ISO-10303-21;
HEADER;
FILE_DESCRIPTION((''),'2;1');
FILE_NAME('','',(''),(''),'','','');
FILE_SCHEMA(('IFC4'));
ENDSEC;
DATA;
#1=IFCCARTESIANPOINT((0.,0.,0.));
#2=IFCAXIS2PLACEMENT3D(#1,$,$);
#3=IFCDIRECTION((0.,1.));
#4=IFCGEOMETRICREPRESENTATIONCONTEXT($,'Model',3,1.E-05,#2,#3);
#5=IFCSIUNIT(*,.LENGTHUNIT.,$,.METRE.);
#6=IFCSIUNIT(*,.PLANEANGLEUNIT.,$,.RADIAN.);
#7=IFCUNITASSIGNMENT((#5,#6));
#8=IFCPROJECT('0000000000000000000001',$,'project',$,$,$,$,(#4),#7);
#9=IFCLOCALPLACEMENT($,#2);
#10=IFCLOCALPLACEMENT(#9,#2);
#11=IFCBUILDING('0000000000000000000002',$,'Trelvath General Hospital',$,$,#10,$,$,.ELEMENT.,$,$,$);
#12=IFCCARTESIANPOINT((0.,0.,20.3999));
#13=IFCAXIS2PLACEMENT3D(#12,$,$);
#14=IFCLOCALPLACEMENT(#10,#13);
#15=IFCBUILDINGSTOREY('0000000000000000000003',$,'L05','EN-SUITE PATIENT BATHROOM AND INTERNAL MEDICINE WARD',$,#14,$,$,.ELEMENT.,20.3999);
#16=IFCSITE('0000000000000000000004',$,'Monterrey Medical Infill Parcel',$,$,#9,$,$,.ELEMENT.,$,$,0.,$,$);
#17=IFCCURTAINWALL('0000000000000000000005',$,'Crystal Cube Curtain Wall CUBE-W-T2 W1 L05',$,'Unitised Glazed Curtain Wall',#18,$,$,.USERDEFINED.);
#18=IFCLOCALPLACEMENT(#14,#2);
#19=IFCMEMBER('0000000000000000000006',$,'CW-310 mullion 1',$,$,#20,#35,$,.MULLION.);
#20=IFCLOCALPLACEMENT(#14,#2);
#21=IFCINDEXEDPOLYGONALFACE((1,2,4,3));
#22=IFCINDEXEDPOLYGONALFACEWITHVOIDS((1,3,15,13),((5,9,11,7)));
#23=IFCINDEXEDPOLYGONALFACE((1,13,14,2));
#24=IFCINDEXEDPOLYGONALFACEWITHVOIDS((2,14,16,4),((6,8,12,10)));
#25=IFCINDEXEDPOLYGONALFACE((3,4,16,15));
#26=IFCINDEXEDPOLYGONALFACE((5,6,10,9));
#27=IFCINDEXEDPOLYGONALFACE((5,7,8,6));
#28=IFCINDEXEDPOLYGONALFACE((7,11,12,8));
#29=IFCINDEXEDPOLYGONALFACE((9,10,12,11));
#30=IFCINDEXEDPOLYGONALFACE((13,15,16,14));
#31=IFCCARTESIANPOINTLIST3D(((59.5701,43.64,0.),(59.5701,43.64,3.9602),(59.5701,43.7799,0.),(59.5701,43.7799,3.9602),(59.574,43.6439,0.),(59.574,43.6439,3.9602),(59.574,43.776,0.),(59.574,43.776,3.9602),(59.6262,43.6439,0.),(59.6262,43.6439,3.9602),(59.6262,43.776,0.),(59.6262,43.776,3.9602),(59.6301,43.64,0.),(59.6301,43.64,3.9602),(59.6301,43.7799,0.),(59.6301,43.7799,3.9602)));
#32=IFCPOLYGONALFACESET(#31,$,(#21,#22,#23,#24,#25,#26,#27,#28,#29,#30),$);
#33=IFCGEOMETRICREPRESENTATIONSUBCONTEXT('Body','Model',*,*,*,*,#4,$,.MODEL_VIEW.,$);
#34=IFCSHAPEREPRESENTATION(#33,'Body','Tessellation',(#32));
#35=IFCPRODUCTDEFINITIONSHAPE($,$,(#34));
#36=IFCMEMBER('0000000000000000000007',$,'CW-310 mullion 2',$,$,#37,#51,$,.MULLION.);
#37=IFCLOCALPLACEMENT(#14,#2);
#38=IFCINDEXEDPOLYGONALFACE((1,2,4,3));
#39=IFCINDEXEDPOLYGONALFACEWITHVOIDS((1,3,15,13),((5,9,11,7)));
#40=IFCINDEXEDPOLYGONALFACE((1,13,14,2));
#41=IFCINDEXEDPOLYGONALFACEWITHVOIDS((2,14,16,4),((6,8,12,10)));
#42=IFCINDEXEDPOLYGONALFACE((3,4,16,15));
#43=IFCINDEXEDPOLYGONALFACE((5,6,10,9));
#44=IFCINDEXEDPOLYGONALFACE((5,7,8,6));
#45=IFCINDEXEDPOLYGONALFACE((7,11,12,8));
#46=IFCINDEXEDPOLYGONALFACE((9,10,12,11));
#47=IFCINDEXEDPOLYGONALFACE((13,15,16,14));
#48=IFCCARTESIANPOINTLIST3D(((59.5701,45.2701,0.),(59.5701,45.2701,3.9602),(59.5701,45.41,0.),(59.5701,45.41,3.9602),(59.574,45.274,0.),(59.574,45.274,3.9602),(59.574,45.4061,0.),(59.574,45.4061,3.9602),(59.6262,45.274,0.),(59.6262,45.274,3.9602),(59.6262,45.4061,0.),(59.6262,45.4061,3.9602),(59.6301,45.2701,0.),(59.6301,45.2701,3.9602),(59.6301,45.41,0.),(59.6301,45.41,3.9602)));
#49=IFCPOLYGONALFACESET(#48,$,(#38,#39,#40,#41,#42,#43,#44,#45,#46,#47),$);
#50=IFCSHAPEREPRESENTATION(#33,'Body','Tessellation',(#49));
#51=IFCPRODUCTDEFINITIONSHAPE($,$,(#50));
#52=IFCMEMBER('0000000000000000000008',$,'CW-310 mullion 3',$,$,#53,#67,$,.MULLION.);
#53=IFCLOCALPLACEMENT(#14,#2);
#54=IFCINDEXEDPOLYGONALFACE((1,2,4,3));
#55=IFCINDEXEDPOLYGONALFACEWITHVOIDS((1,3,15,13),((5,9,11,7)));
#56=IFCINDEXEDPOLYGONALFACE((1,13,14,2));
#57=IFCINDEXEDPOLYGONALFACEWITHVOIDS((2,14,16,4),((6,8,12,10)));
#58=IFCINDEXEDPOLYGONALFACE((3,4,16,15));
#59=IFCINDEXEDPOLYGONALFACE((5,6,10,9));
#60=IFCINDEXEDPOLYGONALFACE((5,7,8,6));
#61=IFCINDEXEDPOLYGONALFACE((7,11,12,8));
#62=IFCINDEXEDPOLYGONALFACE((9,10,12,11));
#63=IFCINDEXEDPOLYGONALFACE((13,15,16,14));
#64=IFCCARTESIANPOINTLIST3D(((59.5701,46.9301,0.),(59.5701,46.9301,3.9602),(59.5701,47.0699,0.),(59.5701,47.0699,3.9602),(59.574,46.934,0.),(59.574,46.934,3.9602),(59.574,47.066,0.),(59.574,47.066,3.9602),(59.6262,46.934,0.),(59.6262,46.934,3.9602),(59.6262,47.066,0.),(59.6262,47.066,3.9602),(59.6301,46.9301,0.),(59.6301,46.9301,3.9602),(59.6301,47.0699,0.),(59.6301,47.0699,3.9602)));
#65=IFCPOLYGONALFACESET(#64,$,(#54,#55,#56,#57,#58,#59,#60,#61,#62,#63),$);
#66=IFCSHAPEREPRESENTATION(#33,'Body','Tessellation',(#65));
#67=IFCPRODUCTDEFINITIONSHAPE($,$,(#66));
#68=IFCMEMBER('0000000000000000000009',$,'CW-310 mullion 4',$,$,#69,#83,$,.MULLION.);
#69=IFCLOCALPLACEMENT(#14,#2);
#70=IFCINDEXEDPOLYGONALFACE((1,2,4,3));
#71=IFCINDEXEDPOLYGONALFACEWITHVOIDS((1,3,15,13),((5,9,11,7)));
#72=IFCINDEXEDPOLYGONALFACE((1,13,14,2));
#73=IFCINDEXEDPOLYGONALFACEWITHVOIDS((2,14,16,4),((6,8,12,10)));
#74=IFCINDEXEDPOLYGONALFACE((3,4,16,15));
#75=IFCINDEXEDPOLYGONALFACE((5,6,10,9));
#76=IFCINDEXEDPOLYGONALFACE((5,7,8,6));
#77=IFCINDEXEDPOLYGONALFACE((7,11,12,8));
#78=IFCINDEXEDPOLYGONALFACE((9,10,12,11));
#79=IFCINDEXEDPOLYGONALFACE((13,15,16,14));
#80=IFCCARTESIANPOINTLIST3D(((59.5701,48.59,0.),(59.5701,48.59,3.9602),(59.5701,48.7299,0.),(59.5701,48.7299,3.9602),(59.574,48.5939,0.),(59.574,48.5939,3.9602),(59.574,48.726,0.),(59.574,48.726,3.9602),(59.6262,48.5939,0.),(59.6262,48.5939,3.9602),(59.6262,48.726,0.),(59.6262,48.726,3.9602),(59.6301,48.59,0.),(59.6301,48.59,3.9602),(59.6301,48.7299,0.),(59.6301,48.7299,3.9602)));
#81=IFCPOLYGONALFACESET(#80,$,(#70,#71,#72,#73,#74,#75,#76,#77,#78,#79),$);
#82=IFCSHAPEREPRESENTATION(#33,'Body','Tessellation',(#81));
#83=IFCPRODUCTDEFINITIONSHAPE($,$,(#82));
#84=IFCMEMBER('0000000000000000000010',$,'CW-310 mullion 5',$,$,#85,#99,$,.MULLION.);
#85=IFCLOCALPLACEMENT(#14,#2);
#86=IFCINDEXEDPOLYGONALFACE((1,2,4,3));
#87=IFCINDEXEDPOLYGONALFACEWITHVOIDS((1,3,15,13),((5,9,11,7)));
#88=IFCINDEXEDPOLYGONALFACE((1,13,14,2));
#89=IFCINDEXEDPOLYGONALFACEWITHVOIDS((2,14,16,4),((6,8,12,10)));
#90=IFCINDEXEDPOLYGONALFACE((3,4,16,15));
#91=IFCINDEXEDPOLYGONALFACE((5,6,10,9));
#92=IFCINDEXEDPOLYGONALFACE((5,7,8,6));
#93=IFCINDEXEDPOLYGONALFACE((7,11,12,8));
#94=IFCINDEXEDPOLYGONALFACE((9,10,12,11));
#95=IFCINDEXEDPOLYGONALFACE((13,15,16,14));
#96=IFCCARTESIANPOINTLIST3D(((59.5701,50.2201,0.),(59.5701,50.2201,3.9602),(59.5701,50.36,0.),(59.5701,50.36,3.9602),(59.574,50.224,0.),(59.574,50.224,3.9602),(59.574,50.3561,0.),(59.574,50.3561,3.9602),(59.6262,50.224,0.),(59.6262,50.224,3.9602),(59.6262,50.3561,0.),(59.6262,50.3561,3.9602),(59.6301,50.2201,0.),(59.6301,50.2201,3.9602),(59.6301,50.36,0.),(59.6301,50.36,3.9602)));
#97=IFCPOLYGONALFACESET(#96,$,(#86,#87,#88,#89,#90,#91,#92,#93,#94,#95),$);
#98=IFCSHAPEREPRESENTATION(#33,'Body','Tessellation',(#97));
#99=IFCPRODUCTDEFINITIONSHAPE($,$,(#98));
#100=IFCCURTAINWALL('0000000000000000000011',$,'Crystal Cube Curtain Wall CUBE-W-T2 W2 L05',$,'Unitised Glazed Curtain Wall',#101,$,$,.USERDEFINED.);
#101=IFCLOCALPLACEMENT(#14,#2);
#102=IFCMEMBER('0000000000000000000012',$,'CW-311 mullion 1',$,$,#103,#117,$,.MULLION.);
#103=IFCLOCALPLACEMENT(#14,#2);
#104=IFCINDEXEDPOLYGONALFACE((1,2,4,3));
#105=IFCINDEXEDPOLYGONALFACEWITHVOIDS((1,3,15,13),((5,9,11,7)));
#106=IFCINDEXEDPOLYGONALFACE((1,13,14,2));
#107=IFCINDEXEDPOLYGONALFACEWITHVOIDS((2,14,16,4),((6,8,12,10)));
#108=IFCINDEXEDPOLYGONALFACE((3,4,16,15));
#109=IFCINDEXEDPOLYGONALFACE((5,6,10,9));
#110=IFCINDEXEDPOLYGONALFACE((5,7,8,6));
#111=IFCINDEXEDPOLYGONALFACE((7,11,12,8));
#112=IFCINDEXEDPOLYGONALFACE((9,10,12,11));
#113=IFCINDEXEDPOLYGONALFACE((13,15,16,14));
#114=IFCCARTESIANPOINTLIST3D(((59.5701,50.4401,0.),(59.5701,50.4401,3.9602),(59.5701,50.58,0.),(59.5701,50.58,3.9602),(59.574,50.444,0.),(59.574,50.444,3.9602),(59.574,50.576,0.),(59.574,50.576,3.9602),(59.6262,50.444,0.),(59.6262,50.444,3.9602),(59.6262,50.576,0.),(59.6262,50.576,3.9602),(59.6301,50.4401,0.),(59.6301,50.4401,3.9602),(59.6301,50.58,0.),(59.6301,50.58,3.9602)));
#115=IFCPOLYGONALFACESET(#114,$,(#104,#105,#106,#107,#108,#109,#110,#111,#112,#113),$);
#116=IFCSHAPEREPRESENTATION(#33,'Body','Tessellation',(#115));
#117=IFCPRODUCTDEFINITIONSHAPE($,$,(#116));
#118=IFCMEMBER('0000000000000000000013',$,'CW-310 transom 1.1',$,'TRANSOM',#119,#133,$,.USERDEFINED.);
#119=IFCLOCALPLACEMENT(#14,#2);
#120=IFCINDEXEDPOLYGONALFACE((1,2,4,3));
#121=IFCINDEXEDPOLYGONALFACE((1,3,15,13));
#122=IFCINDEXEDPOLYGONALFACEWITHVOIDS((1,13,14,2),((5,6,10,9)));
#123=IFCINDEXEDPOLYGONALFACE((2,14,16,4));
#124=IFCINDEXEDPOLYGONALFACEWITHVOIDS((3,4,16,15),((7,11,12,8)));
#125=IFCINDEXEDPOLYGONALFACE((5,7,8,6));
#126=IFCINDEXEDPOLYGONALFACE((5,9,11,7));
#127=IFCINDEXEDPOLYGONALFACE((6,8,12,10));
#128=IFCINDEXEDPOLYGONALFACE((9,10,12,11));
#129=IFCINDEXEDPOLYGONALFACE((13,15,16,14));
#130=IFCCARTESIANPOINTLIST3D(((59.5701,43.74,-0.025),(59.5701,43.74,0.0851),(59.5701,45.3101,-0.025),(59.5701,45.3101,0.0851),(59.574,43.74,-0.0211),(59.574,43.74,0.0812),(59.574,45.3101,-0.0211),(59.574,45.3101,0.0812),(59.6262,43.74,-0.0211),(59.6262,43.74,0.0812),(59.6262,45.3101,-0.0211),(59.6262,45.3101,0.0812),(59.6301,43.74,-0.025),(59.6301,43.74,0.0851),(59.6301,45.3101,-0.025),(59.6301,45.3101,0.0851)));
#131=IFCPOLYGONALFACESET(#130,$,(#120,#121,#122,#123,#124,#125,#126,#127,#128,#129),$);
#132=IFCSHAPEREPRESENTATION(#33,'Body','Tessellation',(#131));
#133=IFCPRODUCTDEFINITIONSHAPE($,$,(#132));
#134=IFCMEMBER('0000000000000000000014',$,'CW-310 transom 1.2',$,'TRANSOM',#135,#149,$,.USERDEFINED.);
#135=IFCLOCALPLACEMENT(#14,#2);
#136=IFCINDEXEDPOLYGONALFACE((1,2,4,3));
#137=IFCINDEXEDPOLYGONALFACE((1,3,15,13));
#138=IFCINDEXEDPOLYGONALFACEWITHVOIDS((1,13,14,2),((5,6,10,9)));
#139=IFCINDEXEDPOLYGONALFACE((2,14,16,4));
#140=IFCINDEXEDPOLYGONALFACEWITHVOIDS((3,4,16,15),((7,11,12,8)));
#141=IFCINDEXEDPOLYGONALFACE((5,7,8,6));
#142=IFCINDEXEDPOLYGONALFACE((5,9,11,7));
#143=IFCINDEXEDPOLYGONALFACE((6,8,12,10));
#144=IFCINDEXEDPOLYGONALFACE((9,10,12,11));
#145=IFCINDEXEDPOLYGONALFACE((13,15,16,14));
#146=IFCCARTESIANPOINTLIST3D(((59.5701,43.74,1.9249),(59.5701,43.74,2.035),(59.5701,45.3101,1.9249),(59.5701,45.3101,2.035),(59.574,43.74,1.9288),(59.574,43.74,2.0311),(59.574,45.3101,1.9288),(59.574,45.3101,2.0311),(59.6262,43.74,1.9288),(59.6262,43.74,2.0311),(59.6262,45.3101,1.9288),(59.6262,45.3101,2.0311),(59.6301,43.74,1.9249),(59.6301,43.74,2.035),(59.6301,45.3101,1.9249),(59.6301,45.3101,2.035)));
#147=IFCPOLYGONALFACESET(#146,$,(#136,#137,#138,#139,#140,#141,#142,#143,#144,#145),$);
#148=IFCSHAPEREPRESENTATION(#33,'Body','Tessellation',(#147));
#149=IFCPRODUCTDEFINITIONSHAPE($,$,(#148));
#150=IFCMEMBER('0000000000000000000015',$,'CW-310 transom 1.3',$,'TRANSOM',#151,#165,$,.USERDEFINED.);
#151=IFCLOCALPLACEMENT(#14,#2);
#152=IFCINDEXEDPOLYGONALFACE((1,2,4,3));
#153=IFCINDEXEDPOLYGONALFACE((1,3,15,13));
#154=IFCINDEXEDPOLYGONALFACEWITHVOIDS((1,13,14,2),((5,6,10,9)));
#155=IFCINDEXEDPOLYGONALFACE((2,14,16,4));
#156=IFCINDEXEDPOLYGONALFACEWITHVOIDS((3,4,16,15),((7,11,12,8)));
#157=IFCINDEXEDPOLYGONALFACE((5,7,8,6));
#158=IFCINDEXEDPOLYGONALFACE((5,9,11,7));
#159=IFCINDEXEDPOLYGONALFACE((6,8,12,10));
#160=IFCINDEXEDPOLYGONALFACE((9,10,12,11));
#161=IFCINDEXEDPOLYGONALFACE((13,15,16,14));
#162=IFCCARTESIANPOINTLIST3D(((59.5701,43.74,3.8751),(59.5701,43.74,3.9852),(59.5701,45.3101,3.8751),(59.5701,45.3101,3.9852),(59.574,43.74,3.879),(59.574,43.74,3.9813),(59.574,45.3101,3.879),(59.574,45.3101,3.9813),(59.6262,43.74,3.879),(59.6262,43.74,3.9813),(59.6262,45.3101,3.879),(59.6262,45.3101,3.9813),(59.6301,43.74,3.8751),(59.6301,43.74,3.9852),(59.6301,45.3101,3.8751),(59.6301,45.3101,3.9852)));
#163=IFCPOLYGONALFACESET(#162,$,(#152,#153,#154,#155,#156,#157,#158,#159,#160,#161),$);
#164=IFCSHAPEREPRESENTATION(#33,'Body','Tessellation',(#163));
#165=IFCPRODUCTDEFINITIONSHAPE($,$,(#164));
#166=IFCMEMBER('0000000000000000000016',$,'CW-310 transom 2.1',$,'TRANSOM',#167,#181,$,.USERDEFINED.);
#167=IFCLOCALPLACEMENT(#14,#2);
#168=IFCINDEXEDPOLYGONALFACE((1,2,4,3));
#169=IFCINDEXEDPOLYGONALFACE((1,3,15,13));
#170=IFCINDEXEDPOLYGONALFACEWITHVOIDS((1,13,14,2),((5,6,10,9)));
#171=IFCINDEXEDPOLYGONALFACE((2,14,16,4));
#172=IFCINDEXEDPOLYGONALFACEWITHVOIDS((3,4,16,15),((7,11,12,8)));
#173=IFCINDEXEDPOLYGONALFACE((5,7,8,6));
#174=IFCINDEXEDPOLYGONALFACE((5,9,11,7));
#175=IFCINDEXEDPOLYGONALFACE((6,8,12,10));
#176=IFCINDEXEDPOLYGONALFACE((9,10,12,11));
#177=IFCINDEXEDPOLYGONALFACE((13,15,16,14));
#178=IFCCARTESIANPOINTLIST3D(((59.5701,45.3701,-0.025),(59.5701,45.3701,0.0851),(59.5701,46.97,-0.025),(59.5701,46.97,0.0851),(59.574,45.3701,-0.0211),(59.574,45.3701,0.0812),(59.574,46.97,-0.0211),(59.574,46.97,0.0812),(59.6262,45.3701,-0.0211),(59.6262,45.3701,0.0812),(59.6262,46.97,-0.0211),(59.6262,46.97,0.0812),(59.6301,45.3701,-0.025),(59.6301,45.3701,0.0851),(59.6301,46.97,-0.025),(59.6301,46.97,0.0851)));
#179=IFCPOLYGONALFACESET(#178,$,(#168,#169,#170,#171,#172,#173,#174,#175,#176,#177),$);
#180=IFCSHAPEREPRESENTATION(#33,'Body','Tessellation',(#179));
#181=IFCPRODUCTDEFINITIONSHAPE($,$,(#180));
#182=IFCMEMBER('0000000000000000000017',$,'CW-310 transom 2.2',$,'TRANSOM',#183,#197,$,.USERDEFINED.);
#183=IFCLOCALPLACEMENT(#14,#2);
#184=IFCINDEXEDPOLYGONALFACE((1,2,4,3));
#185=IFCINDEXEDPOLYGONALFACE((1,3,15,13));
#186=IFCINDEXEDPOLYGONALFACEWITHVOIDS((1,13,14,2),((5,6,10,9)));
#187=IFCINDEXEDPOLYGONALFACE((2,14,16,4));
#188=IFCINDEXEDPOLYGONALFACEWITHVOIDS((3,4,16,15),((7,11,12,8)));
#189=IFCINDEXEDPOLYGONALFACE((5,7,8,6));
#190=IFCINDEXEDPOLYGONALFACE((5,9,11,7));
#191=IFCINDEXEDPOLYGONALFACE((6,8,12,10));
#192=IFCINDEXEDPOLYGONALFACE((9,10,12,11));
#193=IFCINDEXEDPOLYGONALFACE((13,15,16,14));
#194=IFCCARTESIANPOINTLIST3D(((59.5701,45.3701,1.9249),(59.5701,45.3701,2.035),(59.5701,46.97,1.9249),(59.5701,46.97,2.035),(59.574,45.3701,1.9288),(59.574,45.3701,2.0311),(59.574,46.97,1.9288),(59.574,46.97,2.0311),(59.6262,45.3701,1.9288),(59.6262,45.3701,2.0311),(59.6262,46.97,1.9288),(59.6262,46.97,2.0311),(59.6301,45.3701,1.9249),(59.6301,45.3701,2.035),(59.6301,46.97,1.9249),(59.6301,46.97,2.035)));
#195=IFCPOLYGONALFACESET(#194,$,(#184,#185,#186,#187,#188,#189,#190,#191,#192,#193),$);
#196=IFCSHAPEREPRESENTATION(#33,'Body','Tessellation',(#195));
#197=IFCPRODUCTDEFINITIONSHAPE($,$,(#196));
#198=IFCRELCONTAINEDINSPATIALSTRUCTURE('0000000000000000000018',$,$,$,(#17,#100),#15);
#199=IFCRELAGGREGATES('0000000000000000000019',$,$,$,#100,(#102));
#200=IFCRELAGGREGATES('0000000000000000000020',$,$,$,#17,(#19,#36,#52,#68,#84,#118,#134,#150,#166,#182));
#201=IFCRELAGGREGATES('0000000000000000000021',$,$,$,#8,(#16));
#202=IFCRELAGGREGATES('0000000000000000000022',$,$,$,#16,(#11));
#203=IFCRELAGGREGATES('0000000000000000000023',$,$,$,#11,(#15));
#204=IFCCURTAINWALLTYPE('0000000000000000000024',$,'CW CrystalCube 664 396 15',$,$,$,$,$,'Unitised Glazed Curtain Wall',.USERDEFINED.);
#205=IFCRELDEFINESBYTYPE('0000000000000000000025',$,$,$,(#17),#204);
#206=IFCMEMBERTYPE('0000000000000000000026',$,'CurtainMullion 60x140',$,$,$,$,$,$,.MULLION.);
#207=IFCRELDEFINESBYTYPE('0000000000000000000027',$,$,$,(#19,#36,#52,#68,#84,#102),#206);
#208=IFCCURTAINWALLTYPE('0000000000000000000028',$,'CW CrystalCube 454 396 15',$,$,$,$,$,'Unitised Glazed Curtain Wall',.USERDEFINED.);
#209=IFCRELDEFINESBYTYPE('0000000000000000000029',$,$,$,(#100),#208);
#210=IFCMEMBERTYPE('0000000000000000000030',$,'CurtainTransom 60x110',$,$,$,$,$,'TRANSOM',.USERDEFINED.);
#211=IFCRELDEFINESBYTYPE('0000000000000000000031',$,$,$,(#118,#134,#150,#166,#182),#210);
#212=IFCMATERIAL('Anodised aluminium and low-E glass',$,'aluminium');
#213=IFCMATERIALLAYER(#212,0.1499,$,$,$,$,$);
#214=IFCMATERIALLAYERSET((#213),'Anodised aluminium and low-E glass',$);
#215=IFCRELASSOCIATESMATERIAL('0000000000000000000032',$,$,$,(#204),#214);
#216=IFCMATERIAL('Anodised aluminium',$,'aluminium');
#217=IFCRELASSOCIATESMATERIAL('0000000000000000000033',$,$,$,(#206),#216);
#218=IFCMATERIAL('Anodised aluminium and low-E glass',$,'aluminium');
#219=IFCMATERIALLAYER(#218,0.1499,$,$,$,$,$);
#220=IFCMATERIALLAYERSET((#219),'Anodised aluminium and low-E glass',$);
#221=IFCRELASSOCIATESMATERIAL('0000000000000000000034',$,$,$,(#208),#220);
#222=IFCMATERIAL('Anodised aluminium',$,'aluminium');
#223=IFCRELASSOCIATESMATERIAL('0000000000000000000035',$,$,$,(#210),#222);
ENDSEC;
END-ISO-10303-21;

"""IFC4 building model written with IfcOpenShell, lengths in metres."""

from ifc_helpers import new_model, si_unit, direction, frame, origin, origin_2d, place, context, subcontext, project, spatial, hollow_rectangle, extrude, material, layer, layer_set, material_profile, profile_set, type_object, element, aggregate, save


model = new_model("IFC4")

# Units and contexts
model_context = context("Model", 3, precision=1e-05, world=origin(), true_north=direction((0.0, 1.0)))
body_context = subcontext(model_context, "Body", "Model", "MODEL_VIEW")
ifc_project = project(units=[si_unit("LENGTHUNIT", "METRE"), si_unit("PLANEANGLEUNIT", "RADIAN")], contexts=[model_context])

# Site, building, storey
site_placement = place(None, origin())
site = spatial("IfcSite", under=ifc_project, at=site_placement, Name="Monterrey Medical Infill Parcel", CompositionType="ELEMENT", RefElevation=0.0)
building_placement = place(site_placement, origin())
building = spatial("IfcBuilding", under=site, at=building_placement, Name="Trelvath General Hospital", CompositionType="ELEMENT")
storey_placement = place(building_placement, frame((0.0, 0.0, 20.3999)))
storey = spatial("IfcBuildingStorey", under=building, at=storey_placement, Name="L05", Description="EN-SUITE PATIENT BATHROOM AND INTERNAL MEDICINE WARD", CompositionType="ELEMENT", Elevation=20.3999)

# Curtain wall, members
ifc_material_1 = material(Name="Anodised aluminium and low-E glass", Category="aluminium")
ifc_layer_1 = layer(ifc_material_1, 0.1499)
ifc_layer_set_1 = layer_set([ifc_layer_1], Name="Anodised aluminium and low-E glass")
curtain_wall_type_1 = type_object("IfcCurtainWallType", Name="CW CrystalCube 664 396 15", ElementType="Unitised Glazed Curtain Wall", PredefinedType="USERDEFINED", material=ifc_layer_set_1)
curtain_wall_1_placement = place(storey_placement, origin())
curtain_wall_1 = element("IfcCurtainWall", 1, at=curtain_wall_1_placement, inside=storey, type_object=curtain_wall_type_1, Name="Crystal Cube Curtain Wall CUBE-W-T2 W1 L05", ObjectType="Unitised Glazed Curtain Wall", PredefinedType="USERDEFINED")
ifc_material_2 = material(Name="Anodised aluminium", Category="aluminium")
ifc_material_profile_1 = material_profile(ifc_material_2, hollow_rectangle(XDim=0.0601, YDim=0.1399, WallThickness=0.0039, at=origin_2d()), Name="RHS60x140x4")
ifc_profile_set_1 = profile_set([ifc_material_profile_1], Name="Anodised aluminium")
member_type_1 = type_object("IfcMemberType", Name="CurtainMullion 60x140", PredefinedType="MULLION", material=ifc_profile_set_1)
member_1_placement = place(storey_placement, frame((59.6001, 43.71, 0.0), z_axis=(0.0, 0.0, 1.0), x_axis=(-1.0, 0.0, 0.0)))
member_1 = element("IfcMember", 2, at=member_1_placement, type_object=member_type_1, Name="CW-310 mullion 1", PredefinedType="MULLION", context=body_context, shape_type="SweptSolid", body=[
    extrude(hollow_rectangle(XDim=0.0601, YDim=0.1399, WallThickness=0.0039, at=origin_2d()), origin(), (0.0, 0.0, 1.0), 3.9602),
])
member_2_placement = place(storey_placement, frame((59.6001, 45.3401, 0.0), z_axis=(0.0, 0.0, 1.0), x_axis=(-1.0, 0.0, 0.0)))
member_2 = element("IfcMember", 3, at=member_2_placement, type_object=member_type_1, Name="CW-310 mullion 2", PredefinedType="MULLION", context=body_context, shape_type="SweptSolid", body=[
    extrude(hollow_rectangle(XDim=0.0601, YDim=0.1399, WallThickness=0.0039, at=origin_2d()), origin(), (0.0, 0.0, 1.0), 3.9602),
])
member_3_placement = place(storey_placement, frame((59.6001, 47.0, 0.0), z_axis=(0.0, 0.0, 1.0), x_axis=(-1.0, 0.0, 0.0)))
member_3 = element("IfcMember", 4, at=member_3_placement, type_object=member_type_1, Name="CW-310 mullion 3", PredefinedType="MULLION", context=body_context, shape_type="SweptSolid", body=[
    extrude(hollow_rectangle(XDim=0.0601, YDim=0.1399, WallThickness=0.0039, at=origin_2d()), origin(), (0.0, 0.0, 1.0), 3.9602),
])
member_4_placement = place(storey_placement, frame((59.6001, 48.6599, 0.0), z_axis=(0.0, 0.0, 1.0), x_axis=(-1.0, 0.0, 0.0)))
member_4 = element("IfcMember", 5, at=member_4_placement, type_object=member_type_1, Name="CW-310 mullion 4", PredefinedType="MULLION", context=body_context, shape_type="SweptSolid", body=[
    extrude(hollow_rectangle(XDim=0.0601, YDim=0.1399, WallThickness=0.0039, at=origin_2d()), origin(), (0.0, 0.0, 1.0), 3.9602),
])
member_5_placement = place(storey_placement, frame((59.6001, 50.29, 0.0), z_axis=(0.0, 0.0, 1.0), x_axis=(-1.0, 0.0, 0.0)))
member_5 = element("IfcMember", 6, at=member_5_placement, type_object=member_type_1, Name="CW-310 mullion 5", PredefinedType="MULLION", context=body_context, shape_type="SweptSolid", body=[
    extrude(hollow_rectangle(XDim=0.0601, YDim=0.1399, WallThickness=0.0039, at=origin_2d()), origin(), (0.0, 0.0, 1.0), 3.9602),
])

# Curtain wall, member
ifc_material_3 = material(Name="Anodised aluminium and low-E glass", Category="aluminium")
ifc_layer_2 = layer(ifc_material_3, 0.1499)
ifc_layer_set_2 = layer_set([ifc_layer_2], Name="Anodised aluminium and low-E glass")
curtain_wall_type_2 = type_object("IfcCurtainWallType", Name="CW CrystalCube 454 396 15", ElementType="Unitised Glazed Curtain Wall", PredefinedType="USERDEFINED", material=ifc_layer_set_2)
curtain_wall_2_placement = place(storey_placement, origin())
curtain_wall_2 = element("IfcCurtainWall", 7, at=curtain_wall_2_placement, inside=storey, type_object=curtain_wall_type_2, Name="Crystal Cube Curtain Wall CUBE-W-T2 W2 L05", ObjectType="Unitised Glazed Curtain Wall", PredefinedType="USERDEFINED")
member_6_placement = place(storey_placement, frame((59.6001, 50.51, 0.0), z_axis=(0.0, 0.0, 1.0), x_axis=(-1.0, 0.0, 0.0)))
member_6 = element("IfcMember", 8, at=member_6_placement, type_object=member_type_1, Name="CW-311 mullion 1", PredefinedType="MULLION", context=body_context, shape_type="SweptSolid", body=[
    extrude(hollow_rectangle(XDim=0.0601, YDim=0.1399, WallThickness=0.0039, at=origin_2d()), origin(), (0.0, 0.0, 1.0), 3.9602),
])

# Members
ifc_material_4 = material(Name="Anodised aluminium", Category="aluminium")
ifc_material_profile_2 = material_profile(ifc_material_4, hollow_rectangle(XDim=0.0601, YDim=0.1101, WallThickness=0.0039, at=origin_2d()), Name="RHS60x110x4")
ifc_profile_set_2 = profile_set([ifc_material_profile_2], Name="Anodised aluminium")
member_type_2 = type_object("IfcMemberType", Name="CurtainTransom 60x110", ElementType="TRANSOM", PredefinedType="USERDEFINED", material=ifc_profile_set_2)
member_7_placement = place(storey_placement, frame((59.6001, 43.74, 0.03), z_axis=(0.0, 1.0, 0.0), x_axis=(-1.0, 0.0, 0.0)))
member_7 = element("IfcMember", 9, at=member_7_placement, type_object=member_type_2, Name="CW-310 transom 1.1", ObjectType="TRANSOM", PredefinedType="USERDEFINED", context=body_context, shape_type="SweptSolid", body=[
    extrude(hollow_rectangle(XDim=0.0601, YDim=0.1101, WallThickness=0.0039, at=origin_2d()), origin(), (0.0, 0.0, 1.0), 1.5701),
])
member_8_placement = place(storey_placement, frame((59.6001, 43.74, 1.98), z_axis=(0.0, 1.0, 0.0), x_axis=(-1.0, 0.0, 0.0)))
member_8 = element("IfcMember", 10, at=member_8_placement, type_object=member_type_2, Name="CW-310 transom 1.2", ObjectType="TRANSOM", PredefinedType="USERDEFINED", context=body_context, shape_type="SweptSolid", body=[
    extrude(hollow_rectangle(XDim=0.0601, YDim=0.1101, WallThickness=0.0039, at=origin_2d()), origin(), (0.0, 0.0, 1.0), 1.5701),
])
member_9_placement = place(storey_placement, frame((59.6001, 43.74, 3.9302), z_axis=(0.0, 1.0, 0.0), x_axis=(-1.0, 0.0, 0.0)))
member_9 = element("IfcMember", 11, at=member_9_placement, type_object=member_type_2, Name="CW-310 transom 1.3", ObjectType="TRANSOM", PredefinedType="USERDEFINED", context=body_context, shape_type="SweptSolid", body=[
    extrude(hollow_rectangle(XDim=0.0601, YDim=0.1101, WallThickness=0.0039, at=origin_2d()), origin(), (0.0, 0.0, 1.0), 1.5701),
])
member_10_placement = place(storey_placement, frame((59.6001, 45.3701, 0.03), z_axis=(0.0, 1.0, 0.0), x_axis=(-1.0, 0.0, 0.0)))
member_10 = element("IfcMember", 12, at=member_10_placement, type_object=member_type_2, Name="CW-310 transom 2.1", ObjectType="TRANSOM", PredefinedType="USERDEFINED", context=body_context, shape_type="SweptSolid", body=[
    extrude(hollow_rectangle(XDim=0.0601, YDim=0.1101, WallThickness=0.0039, at=origin_2d()), origin(), (0.0, 0.0, 1.0), 1.5999),
])
member_11_placement = place(storey_placement, frame((59.6001, 45.3701, 1.98), z_axis=(0.0, 1.0, 0.0), x_axis=(-1.0, 0.0, 0.0)))
member_11 = element("IfcMember", 13, at=member_11_placement, type_object=member_type_2, Name="CW-310 transom 2.2", ObjectType="TRANSOM", PredefinedType="USERDEFINED", context=body_context, shape_type="SweptSolid", body=[
    extrude(hollow_rectangle(XDim=0.0601, YDim=0.1101, WallThickness=0.0039, at=origin_2d()), origin(), (0.0, 0.0, 1.0), 1.5999),
])
aggregate(curtain_wall_2, [member_6])

aggregate(curtain_wall_1, [member_1, member_2, member_3, member_4, member_5, member_7, member_8, member_9, member_10, member_11])

save(model, "model.ifc")
